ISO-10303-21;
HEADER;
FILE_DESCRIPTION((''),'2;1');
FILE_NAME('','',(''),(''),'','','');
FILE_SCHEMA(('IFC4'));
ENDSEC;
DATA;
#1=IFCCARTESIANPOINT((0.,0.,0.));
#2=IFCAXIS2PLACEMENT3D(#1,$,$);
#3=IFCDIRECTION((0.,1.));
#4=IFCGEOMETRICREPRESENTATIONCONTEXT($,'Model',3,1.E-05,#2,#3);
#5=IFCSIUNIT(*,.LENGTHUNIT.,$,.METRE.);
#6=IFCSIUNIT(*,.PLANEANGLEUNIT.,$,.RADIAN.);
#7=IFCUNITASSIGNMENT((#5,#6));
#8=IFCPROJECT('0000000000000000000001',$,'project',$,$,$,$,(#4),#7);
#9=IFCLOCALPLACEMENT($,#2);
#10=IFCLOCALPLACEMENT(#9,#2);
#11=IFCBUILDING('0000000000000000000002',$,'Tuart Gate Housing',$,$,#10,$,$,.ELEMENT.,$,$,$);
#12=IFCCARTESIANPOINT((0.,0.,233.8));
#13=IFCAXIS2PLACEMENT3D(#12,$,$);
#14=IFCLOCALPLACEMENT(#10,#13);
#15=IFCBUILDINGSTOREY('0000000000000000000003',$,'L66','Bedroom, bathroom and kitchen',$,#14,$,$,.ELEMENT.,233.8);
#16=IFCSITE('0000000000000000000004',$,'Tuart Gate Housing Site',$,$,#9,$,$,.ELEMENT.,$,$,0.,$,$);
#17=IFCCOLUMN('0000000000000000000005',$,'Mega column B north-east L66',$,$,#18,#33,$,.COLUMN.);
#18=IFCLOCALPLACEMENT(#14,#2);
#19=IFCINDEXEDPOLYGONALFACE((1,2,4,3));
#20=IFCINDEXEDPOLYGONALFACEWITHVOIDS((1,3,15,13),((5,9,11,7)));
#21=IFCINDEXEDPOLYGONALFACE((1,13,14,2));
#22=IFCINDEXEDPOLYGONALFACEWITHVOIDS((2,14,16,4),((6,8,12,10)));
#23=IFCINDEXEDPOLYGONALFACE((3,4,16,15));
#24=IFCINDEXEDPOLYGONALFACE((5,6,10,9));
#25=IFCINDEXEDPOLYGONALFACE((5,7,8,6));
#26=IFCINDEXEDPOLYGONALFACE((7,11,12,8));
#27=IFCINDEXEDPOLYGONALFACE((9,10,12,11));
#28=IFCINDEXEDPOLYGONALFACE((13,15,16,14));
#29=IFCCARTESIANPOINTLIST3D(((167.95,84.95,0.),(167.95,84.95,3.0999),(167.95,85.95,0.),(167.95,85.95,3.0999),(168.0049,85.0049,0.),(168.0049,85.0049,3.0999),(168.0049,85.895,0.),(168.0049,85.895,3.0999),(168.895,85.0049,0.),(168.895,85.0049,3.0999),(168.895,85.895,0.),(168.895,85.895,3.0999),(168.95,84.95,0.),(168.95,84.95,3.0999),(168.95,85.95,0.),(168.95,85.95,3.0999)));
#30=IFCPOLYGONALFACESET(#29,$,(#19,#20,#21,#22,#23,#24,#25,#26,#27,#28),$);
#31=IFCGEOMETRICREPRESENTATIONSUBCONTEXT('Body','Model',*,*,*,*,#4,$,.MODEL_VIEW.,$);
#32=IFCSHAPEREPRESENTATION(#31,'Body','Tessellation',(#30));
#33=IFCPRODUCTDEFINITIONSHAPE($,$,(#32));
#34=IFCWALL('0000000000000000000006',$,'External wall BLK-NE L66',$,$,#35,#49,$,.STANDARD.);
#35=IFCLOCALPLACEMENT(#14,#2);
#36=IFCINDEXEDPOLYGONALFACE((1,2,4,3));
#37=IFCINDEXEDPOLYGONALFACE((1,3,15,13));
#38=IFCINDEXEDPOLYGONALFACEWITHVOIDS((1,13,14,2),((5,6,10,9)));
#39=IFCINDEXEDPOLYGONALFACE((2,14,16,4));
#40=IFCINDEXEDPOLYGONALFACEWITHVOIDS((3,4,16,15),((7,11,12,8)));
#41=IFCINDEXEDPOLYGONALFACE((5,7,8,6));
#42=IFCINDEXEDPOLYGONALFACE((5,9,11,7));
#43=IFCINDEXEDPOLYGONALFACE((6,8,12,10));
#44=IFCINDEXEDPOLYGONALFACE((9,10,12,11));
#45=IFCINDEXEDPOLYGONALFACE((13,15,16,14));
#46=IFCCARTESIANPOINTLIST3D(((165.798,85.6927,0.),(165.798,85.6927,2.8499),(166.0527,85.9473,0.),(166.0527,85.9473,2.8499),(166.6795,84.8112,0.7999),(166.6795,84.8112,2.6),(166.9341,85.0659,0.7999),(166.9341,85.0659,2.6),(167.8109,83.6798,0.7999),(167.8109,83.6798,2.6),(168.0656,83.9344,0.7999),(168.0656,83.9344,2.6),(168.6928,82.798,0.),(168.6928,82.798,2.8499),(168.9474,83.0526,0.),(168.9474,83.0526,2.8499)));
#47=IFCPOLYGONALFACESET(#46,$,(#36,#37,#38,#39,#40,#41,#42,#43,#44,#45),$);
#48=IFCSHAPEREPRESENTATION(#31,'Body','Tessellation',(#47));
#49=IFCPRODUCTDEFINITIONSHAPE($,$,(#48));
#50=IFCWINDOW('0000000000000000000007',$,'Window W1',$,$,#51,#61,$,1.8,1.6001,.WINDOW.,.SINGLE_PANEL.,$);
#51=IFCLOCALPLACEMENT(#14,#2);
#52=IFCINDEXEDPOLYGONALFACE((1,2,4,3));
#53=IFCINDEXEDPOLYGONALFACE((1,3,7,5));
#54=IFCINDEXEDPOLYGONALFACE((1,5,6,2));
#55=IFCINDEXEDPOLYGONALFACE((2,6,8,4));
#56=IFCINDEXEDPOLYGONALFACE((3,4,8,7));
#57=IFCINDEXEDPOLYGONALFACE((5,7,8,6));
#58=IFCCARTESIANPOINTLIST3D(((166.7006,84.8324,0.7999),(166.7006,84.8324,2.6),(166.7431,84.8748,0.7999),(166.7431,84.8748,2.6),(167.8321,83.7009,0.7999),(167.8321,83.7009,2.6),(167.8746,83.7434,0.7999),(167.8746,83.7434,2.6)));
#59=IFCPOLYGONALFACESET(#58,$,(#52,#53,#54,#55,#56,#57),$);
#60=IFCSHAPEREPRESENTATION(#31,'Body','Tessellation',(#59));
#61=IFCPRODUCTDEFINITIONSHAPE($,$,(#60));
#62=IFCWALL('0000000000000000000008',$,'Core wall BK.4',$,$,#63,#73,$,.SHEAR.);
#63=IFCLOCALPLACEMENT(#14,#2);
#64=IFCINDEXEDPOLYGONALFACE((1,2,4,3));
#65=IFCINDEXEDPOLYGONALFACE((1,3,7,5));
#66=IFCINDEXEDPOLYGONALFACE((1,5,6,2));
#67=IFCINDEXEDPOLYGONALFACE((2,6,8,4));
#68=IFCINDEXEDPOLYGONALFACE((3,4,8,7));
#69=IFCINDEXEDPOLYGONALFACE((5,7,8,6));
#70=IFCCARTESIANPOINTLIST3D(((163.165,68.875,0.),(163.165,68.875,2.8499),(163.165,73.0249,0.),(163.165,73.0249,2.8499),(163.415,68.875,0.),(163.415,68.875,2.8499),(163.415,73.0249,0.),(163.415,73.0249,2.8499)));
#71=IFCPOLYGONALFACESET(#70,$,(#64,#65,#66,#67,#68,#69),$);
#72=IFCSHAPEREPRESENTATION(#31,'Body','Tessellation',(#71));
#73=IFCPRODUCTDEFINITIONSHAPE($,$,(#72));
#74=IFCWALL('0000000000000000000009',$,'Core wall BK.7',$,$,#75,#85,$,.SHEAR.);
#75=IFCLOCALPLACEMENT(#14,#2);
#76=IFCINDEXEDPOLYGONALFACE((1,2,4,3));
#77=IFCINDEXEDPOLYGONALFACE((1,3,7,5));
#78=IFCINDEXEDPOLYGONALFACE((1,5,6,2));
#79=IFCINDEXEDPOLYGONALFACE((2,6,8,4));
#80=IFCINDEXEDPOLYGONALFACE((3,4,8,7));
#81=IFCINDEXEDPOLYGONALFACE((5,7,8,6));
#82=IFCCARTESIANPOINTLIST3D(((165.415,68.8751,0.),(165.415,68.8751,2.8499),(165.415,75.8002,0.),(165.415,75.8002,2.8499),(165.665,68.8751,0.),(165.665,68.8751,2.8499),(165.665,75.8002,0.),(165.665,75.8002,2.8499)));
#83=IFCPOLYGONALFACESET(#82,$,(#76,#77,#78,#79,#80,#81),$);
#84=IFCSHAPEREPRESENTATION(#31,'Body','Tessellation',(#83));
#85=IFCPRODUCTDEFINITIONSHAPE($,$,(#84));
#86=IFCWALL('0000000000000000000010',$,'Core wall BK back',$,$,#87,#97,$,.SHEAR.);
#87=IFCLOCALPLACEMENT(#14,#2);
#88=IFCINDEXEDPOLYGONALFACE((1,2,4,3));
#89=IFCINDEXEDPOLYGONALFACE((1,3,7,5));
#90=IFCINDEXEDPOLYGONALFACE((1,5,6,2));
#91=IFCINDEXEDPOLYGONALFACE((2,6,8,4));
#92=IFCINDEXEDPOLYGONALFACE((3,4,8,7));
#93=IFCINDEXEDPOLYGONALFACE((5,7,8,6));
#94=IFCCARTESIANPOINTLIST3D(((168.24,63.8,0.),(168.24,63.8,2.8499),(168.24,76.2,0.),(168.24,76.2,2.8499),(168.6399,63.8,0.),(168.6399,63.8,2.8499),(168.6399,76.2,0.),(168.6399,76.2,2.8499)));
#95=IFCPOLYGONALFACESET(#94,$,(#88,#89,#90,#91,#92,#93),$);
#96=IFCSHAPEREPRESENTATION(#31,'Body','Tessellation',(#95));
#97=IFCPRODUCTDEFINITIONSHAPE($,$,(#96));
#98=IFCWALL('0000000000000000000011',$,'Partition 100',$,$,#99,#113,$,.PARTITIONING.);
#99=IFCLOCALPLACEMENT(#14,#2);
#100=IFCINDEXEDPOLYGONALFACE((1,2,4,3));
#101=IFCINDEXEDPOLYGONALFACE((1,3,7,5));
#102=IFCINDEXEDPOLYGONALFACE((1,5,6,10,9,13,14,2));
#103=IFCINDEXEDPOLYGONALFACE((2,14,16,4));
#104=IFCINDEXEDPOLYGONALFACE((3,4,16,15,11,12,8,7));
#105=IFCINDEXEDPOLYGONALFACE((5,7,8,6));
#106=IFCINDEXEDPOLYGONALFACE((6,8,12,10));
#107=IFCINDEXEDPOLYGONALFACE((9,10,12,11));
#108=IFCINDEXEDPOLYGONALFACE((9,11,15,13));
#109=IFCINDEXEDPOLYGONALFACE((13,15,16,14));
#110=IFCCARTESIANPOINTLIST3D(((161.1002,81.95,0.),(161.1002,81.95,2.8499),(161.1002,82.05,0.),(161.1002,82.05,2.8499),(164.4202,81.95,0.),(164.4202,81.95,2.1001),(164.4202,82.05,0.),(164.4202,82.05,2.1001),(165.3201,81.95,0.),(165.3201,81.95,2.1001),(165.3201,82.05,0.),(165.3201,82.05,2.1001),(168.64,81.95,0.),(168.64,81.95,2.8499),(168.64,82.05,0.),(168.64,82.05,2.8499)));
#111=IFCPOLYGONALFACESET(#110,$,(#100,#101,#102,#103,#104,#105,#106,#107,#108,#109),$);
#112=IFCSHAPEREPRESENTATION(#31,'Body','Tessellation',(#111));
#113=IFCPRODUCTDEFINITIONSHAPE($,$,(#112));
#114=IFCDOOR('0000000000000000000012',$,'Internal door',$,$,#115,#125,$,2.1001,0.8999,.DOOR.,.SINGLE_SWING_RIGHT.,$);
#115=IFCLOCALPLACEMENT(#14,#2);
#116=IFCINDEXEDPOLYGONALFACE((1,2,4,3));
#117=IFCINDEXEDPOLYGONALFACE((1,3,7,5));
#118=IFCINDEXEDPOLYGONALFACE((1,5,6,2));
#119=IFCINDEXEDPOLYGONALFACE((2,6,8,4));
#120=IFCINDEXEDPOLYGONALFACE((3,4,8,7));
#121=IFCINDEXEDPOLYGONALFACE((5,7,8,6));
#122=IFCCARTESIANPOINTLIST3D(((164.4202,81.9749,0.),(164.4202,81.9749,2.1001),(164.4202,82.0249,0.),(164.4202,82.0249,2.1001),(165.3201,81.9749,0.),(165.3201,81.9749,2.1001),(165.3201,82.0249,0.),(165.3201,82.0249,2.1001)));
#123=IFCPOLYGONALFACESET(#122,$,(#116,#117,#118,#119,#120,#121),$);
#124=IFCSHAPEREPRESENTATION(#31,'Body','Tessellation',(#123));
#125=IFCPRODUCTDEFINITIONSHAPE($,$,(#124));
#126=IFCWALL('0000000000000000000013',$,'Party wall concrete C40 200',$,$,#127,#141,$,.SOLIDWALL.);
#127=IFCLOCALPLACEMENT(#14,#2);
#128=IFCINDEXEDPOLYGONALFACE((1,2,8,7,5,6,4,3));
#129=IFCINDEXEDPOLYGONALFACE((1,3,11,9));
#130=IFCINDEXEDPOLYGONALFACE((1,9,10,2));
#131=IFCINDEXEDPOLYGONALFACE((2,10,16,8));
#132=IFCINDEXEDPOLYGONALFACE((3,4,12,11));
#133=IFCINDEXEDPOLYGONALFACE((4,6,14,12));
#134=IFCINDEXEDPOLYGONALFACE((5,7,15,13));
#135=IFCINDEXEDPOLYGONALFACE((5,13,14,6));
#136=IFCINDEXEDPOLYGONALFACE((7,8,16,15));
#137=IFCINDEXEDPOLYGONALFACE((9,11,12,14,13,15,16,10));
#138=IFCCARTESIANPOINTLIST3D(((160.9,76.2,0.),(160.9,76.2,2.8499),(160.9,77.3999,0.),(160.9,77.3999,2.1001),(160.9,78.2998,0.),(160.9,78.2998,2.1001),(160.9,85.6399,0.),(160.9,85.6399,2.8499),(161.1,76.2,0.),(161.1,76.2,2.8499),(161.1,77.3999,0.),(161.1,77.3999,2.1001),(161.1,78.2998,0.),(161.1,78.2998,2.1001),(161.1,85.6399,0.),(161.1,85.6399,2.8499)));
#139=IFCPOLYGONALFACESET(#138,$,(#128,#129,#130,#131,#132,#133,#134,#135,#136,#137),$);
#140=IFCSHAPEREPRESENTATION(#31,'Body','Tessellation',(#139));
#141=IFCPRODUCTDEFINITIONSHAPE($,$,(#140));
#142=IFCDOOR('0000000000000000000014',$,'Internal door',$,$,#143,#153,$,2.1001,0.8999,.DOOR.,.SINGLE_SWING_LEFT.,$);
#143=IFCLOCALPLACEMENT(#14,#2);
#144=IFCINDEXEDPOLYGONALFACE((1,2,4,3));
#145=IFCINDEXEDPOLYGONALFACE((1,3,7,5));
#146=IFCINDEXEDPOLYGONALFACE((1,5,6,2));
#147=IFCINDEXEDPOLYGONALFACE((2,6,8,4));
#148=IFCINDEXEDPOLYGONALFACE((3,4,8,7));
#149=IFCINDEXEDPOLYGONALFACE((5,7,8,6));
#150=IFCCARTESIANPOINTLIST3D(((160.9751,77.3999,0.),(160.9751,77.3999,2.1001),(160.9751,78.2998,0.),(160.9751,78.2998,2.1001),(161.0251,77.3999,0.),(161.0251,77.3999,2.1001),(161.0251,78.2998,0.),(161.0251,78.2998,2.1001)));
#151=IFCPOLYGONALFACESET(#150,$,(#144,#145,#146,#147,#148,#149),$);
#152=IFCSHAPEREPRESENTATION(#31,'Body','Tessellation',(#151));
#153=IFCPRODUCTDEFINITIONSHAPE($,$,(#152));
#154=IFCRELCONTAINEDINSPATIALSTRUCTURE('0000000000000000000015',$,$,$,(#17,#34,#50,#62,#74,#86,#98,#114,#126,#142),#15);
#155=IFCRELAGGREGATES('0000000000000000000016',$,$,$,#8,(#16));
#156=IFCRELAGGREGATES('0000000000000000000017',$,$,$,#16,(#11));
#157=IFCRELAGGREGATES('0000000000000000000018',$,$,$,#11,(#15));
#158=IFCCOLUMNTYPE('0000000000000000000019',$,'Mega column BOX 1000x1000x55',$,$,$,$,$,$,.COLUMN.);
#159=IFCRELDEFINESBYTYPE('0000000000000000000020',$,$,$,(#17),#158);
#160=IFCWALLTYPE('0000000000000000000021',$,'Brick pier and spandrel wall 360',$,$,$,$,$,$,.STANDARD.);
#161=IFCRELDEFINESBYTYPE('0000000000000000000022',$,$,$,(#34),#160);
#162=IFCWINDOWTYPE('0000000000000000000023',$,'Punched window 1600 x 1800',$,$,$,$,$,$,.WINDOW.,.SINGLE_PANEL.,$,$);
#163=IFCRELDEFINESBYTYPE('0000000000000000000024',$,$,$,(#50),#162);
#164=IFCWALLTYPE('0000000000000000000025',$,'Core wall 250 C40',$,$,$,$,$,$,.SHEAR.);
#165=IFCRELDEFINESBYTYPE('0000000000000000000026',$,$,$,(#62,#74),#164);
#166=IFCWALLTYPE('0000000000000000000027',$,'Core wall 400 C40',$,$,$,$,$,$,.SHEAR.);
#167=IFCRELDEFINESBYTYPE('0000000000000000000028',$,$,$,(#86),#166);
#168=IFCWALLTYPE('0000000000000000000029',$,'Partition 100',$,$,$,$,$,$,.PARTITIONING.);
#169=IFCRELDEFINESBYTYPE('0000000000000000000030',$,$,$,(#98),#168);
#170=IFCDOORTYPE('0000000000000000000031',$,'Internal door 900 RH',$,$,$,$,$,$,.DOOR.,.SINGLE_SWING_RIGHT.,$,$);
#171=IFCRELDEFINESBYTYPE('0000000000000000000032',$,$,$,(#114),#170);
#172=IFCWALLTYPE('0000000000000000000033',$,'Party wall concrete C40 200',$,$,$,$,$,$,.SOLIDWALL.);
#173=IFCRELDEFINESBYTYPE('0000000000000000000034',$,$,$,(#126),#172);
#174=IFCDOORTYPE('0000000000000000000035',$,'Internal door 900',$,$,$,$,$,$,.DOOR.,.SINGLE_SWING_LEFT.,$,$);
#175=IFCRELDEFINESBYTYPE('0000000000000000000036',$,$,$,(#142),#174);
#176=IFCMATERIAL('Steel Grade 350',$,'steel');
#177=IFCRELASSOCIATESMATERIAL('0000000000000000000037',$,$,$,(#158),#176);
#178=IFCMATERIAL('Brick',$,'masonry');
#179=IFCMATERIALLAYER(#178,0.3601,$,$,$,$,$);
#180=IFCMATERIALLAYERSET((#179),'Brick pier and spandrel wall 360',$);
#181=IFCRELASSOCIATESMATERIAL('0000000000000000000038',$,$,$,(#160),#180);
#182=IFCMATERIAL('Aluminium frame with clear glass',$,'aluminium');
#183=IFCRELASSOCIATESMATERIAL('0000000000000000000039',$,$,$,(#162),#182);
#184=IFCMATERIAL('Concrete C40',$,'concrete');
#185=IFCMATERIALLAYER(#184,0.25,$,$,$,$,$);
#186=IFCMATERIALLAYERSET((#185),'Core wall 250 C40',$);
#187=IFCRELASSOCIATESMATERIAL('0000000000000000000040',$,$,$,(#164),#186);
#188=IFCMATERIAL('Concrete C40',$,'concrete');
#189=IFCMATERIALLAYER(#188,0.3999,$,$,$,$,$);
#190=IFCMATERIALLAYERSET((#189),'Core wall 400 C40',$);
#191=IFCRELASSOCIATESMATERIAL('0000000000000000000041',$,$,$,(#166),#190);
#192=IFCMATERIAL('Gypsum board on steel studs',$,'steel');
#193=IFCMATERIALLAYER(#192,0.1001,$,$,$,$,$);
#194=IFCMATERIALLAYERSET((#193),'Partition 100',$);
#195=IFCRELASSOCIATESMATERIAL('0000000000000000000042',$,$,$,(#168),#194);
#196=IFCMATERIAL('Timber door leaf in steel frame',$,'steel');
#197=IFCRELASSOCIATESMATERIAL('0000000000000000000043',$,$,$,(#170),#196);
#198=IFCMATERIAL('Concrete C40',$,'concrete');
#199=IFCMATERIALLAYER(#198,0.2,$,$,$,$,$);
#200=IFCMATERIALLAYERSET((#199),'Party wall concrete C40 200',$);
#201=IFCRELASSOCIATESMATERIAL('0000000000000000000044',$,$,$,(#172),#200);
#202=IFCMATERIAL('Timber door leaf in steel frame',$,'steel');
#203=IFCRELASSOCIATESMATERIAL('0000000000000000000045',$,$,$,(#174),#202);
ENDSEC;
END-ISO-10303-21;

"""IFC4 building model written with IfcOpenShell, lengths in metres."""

from ifc_helpers import new_model, si_unit, direction, frame, frame_2d, origin, origin_2d, place, context, subcontext, project, spatial, rectangle, hollow_rectangle, extrude, material, layer, layer_set, material_profile, profile_set, type_object, element, fill, save


model = new_model("IFC4")

# Units and contexts
model_context = context("Model", 3, precision=1e-05, world=origin(), true_north=direction((0.0, 1.0)))
body_context = subcontext(model_context, "Body", "Model", "MODEL_VIEW")
ifc_project = project(units=[si_unit("LENGTHUNIT", "METRE"), si_unit("PLANEANGLEUNIT", "RADIAN")], contexts=[model_context])

# Site, building, storey
site_placement = place(None, origin())
site = spatial("IfcSite", under=ifc_project, at=site_placement, Name="Tuart Gate Housing Site", CompositionType="ELEMENT", RefElevation=0.0)
building_placement = place(site_placement, origin())
building = spatial("IfcBuilding", under=site, at=building_placement, Name="Tuart Gate Housing", CompositionType="ELEMENT")
storey_placement = place(building_placement, frame((0.0, 0.0, 233.8)))
storey = spatial("IfcBuildingStorey", under=building, at=storey_placement, Name="L66", Description="Bedroom, bathroom and kitchen", CompositionType="ELEMENT", Elevation=233.8)

# Column
ifc_material_1 = material(Name="Steel Grade 350", Category="steel")
ifc_material_profile = material_profile(ifc_material_1, hollow_rectangle(XDim=1.0, YDim=1.0, WallThickness=0.0549, at=origin_2d()), Name="BOX 1000x1000x55")
ifc_profile_set = profile_set([ifc_material_profile], Name="Steel Grade 350")
column_type = type_object("IfcColumnType", Name="Mega column BOX 1000x1000x55", PredefinedType="COLUMN", material=ifc_profile_set)
column_placement = place(storey_placement, frame((168.45, 85.45, 0.0), z_axis=(0.0, 0.0, 1.0), x_axis=(1.0, 0.0, 0.0)))
element("IfcColumn", 1, at=column_placement, inside=storey, type_object=column_type, Name="Mega column B north-east L66", PredefinedType="COLUMN", context=body_context, shape_type="SweptSolid", body=[
    extrude(hollow_rectangle(XDim=1.0, YDim=1.0, WallThickness=0.0549, at=origin_2d()), origin(), (0.0, 0.0, 1.0), 3.0999),
])

# Wall, opening, window
ifc_material_2 = material(Name="Brick", Category="masonry")
ifc_layer_1 = layer(ifc_material_2, 0.3601)
ifc_layer_set_1 = layer_set([ifc_layer_1], Name="Brick pier and spandrel wall 360")
wall_type_1 = type_object("IfcWallType", Name="Brick pier and spandrel wall 360", PredefinedType="STANDARD", material=ifc_layer_set_1)
wall_1_placement = place(storey_placement, frame((168.8201, 82.9253, 0.0), z_axis=(0.0, 0.0, 1.0), x_axis=(-0.707107, 0.707107, 0.0)))
wall_1 = element("IfcWall", 2, at=wall_1_placement, inside=storey, type_object=wall_type_1, Name="External wall BLK-NE L66", PredefinedType="STANDARD", context=body_context, shape_type="SweptSolid", body=[
    extrude(rectangle(XDim=4.0938, YDim=0.3601, at=frame_2d((2.0469, 0.0))), origin(), (0.0, 0.0, 1.0), 2.8499),
])
opening_1_placement = place(wall_1_placement, frame((1.2471, 0.0, 0.8)))
opening_1 = element("IfcOpeningElement", 3, at=opening_1_placement, cuts=wall_1, PredefinedType="OPENING", context=body_context, shape_type="SweptSolid", body=[
    extrude(rectangle(XDim=1.6001, YDim=1.8, at=frame_2d((0.8, 0.8999))), frame((0.0, 0.1899, 0.0), z_axis=(0.0, -1.0, 0.0), x_axis=(1.0, 0.0, 0.0)), (0.0, 0.0, 1.0), 0.3801),
])
ifc_material_3 = material(Name="Aluminium frame with clear glass", Category="aluminium")
window_type_1 = type_object("IfcWindowType", Name="Punched window 1600 x 1800", PartitioningType="SINGLE_PANEL", PredefinedType="WINDOW", material=ifc_material_3)
window_1_placement = place(opening_1_placement, origin())
window_1 = element("IfcWindow", 4, at=window_1_placement, inside=storey, type_object=window_type_1, Name="Window W1", OverallHeight=1.8, OverallWidth=1.6001, PartitioningType="SINGLE_PANEL", PredefinedType="WINDOW", context=body_context, shape_type="SweptSolid", body=[
    extrude(rectangle(XDim=1.6001, YDim=1.8, at=frame_2d((0.8, 0.8999))), frame((0.0, 0.1501, 0.0), z_axis=(0.0, -1.0, 0.0), x_axis=(1.0, 0.0, 0.0)), (0.0, 0.0, 1.0), 0.0601),
])
fill(opening_1, window_1)

# Walls
ifc_material_4 = material(Name="Concrete C40", Category="concrete")
ifc_layer_2 = layer(ifc_material_4, 0.25)
ifc_layer_set_2 = layer_set([ifc_layer_2], Name="Core wall 250 C40")
wall_type_2 = type_object("IfcWallType", Name="Core wall 250 C40", PredefinedType="SHEAR", material=ifc_layer_set_2)
wall_2_placement = place(storey_placement, frame((163.29, 73.0249, 0.0), z_axis=(0.0, 0.0, 1.0), x_axis=(0.0, -1.0, 0.0)))
element("IfcWall", 5, at=wall_2_placement, inside=storey, type_object=wall_type_2, Name="Core wall BK.4", PredefinedType="SHEAR", context=body_context, shape_type="SweptSolid", body=[
    extrude(rectangle(XDim=4.1499, YDim=0.25, at=frame_2d((2.075, 0.0))), origin(), (0.0, 0.0, 1.0), 2.8499),
])
wall_3_placement = place(storey_placement, frame((165.54, 75.8, 0.0), z_axis=(0.0, 0.0, 1.0), x_axis=(0.0, -1.0, 0.0)))
element("IfcWall", 6, at=wall_3_placement, inside=storey, type_object=wall_type_2, Name="Core wall BK.7", PredefinedType="SHEAR", context=body_context, shape_type="SweptSolid", body=[
    extrude(rectangle(XDim=6.925, YDim=0.25, at=frame_2d((3.4624, 0.0))), origin(), (0.0, 0.0, 1.0), 2.8499),
])
ifc_material_5 = material(Name="Concrete C40", Category="concrete")
ifc_layer_3 = layer(ifc_material_5, 0.3999)
ifc_layer_set_3 = layer_set([ifc_layer_3], Name="Core wall 400 C40")
wall_type_3 = type_object("IfcWallType", Name="Core wall 400 C40", PredefinedType="SHEAR", material=ifc_layer_set_3)
wall_4_placement = place(storey_placement, frame((168.4399, 76.2, 0.0), z_axis=(0.0, 0.0, 1.0), x_axis=(0.0, -1.0, 0.0)))
element("IfcWall", 7, at=wall_4_placement, inside=storey, type_object=wall_type_3, Name="Core wall BK back", PredefinedType="SHEAR", context=body_context, shape_type="SweptSolid", body=[
    extrude(rectangle(XDim=12.3999, YDim=0.3999, at=frame_2d((6.2, 0.0))), origin(), (0.0, 0.0, 1.0), 2.8499),
])

# Walls, openings, doors
ifc_material_6 = material(Name="Gypsum board on steel studs", Category="steel")
ifc_layer_4 = layer(ifc_material_6, 0.1001)
ifc_layer_set_4 = layer_set([ifc_layer_4], Name="Partition 100")
wall_type_4 = type_object("IfcWallType", Name="Partition 100", PredefinedType="PARTITIONING", material=ifc_layer_set_4)
wall_5_placement = place(storey_placement, frame((161.1001, 82.0, 0.0), z_axis=(0.0, 0.0, 1.0), x_axis=(1.0, 0.0, 0.0)))
wall_5 = element("IfcWall", 8, at=wall_5_placement, inside=storey, type_object=wall_type_4, Name="Partition 100", PredefinedType="PARTITIONING", context=body_context, shape_type="SweptSolid", body=[
    extrude(rectangle(XDim=7.5398, YDim=0.1001, at=frame_2d((3.77, 0.0))), origin(), (0.0, 0.0, 1.0), 2.8499),
])
opening_2_placement = place(wall_5_placement, frame((3.3201, 0.0, 0.0)))
opening_2 = element("IfcOpeningElement", 9, at=opening_2_placement, cuts=wall_5, PredefinedType="OPENING", context=body_context, shape_type="SweptSolid", body=[
    extrude(rectangle(XDim=0.8999, YDim=2.1001, at=frame_2d((0.45, 1.05))), frame((0.0, 0.0601, 0.0), z_axis=(0.0, -1.0, 0.0), x_axis=(1.0, 0.0, 0.0)), (0.0, 0.0, 1.0), 0.1201),
])
ifc_material_7 = material(Name="Timber door leaf in steel frame", Category="steel")
door_type_1 = type_object("IfcDoorType", Name="Internal door 900 RH", OperationType="SINGLE_SWING_RIGHT", PredefinedType="DOOR", material=ifc_material_7)
door_1_placement = place(opening_2_placement, origin())
door_1 = element("IfcDoor", 10, at=door_1_placement, inside=storey, type_object=door_type_1, Name="Internal door", OperationType="SINGLE_SWING_RIGHT", OverallHeight=2.1001, OverallWidth=0.8999, PredefinedType="DOOR", context=body_context, shape_type="SweptSolid", body=[
    extrude(rectangle(XDim=0.8999, YDim=2.1001, at=frame_2d((0.45, 1.05))), frame((0.0, 0.0249, 0.0), z_axis=(0.0, -1.0, 0.0), x_axis=(1.0, 0.0, 0.0)), (0.0, 0.0, 1.0), 0.05),
])
fill(opening_2, door_1)
ifc_material_8 = material(Name="Concrete C40", Category="concrete")
ifc_layer_5 = layer(ifc_material_8, 0.2)
ifc_layer_set_5 = layer_set([ifc_layer_5], Name="Party wall concrete C40 200")
wall_type_5 = type_object("IfcWallType", Name="Party wall concrete C40 200", PredefinedType="SOLIDWALL", material=ifc_layer_set_5)
wall_6_placement = place(storey_placement, frame((161.0, 76.2, 0.0), z_axis=(0.0, 0.0, 1.0), x_axis=(0.0, 1.0, 0.0)))
wall_6 = element("IfcWall", 11, at=wall_6_placement, inside=storey, type_object=wall_type_5, Name="Party wall concrete C40 200", PredefinedType="SOLIDWALL", context=body_context, shape_type="SweptSolid", body=[
    extrude(rectangle(XDim=9.4399, YDim=0.2, at=frame_2d((4.72, 0.0))), origin(), (0.0, 0.0, 1.0), 2.8499),
])
opening_3_placement = place(wall_6_placement, frame((1.2, 0.0, 0.0)))
opening_3 = element("IfcOpeningElement", 12, at=opening_3_placement, cuts=wall_6, PredefinedType="OPENING", context=body_context, shape_type="SweptSolid", body=[
    extrude(rectangle(XDim=0.8999, YDim=2.1001, at=frame_2d((0.45, 1.05))), frame((0.0, 0.1099, 0.0), z_axis=(0.0, -1.0, 0.0), x_axis=(1.0, 0.0, 0.0)), (0.0, 0.0, 1.0), 0.22),
])
ifc_material_9 = material(Name="Timber door leaf in steel frame", Category="steel")
door_type_2 = type_object("IfcDoorType", Name="Internal door 900", OperationType="SINGLE_SWING_LEFT", PredefinedType="DOOR", material=ifc_material_9)
door_2_placement = place(opening_3_placement, origin())
door_2 = element("IfcDoor", 13, at=door_2_placement, inside=storey, type_object=door_type_2, Name="Internal door", OperationType="SINGLE_SWING_LEFT", OverallHeight=2.1001, OverallWidth=0.8999, PredefinedType="DOOR", context=body_context, shape_type="SweptSolid", body=[
    extrude(rectangle(XDim=0.8999, YDim=2.1001, at=frame_2d((0.45, 1.05))), frame((0.0, 0.0249, 0.0), z_axis=(0.0, -1.0, 0.0), x_axis=(1.0, 0.0, 0.0)), (0.0, 0.0, 1.0), 0.05),
])
fill(opening_3, door_2)

save(model, "model.ifc")
